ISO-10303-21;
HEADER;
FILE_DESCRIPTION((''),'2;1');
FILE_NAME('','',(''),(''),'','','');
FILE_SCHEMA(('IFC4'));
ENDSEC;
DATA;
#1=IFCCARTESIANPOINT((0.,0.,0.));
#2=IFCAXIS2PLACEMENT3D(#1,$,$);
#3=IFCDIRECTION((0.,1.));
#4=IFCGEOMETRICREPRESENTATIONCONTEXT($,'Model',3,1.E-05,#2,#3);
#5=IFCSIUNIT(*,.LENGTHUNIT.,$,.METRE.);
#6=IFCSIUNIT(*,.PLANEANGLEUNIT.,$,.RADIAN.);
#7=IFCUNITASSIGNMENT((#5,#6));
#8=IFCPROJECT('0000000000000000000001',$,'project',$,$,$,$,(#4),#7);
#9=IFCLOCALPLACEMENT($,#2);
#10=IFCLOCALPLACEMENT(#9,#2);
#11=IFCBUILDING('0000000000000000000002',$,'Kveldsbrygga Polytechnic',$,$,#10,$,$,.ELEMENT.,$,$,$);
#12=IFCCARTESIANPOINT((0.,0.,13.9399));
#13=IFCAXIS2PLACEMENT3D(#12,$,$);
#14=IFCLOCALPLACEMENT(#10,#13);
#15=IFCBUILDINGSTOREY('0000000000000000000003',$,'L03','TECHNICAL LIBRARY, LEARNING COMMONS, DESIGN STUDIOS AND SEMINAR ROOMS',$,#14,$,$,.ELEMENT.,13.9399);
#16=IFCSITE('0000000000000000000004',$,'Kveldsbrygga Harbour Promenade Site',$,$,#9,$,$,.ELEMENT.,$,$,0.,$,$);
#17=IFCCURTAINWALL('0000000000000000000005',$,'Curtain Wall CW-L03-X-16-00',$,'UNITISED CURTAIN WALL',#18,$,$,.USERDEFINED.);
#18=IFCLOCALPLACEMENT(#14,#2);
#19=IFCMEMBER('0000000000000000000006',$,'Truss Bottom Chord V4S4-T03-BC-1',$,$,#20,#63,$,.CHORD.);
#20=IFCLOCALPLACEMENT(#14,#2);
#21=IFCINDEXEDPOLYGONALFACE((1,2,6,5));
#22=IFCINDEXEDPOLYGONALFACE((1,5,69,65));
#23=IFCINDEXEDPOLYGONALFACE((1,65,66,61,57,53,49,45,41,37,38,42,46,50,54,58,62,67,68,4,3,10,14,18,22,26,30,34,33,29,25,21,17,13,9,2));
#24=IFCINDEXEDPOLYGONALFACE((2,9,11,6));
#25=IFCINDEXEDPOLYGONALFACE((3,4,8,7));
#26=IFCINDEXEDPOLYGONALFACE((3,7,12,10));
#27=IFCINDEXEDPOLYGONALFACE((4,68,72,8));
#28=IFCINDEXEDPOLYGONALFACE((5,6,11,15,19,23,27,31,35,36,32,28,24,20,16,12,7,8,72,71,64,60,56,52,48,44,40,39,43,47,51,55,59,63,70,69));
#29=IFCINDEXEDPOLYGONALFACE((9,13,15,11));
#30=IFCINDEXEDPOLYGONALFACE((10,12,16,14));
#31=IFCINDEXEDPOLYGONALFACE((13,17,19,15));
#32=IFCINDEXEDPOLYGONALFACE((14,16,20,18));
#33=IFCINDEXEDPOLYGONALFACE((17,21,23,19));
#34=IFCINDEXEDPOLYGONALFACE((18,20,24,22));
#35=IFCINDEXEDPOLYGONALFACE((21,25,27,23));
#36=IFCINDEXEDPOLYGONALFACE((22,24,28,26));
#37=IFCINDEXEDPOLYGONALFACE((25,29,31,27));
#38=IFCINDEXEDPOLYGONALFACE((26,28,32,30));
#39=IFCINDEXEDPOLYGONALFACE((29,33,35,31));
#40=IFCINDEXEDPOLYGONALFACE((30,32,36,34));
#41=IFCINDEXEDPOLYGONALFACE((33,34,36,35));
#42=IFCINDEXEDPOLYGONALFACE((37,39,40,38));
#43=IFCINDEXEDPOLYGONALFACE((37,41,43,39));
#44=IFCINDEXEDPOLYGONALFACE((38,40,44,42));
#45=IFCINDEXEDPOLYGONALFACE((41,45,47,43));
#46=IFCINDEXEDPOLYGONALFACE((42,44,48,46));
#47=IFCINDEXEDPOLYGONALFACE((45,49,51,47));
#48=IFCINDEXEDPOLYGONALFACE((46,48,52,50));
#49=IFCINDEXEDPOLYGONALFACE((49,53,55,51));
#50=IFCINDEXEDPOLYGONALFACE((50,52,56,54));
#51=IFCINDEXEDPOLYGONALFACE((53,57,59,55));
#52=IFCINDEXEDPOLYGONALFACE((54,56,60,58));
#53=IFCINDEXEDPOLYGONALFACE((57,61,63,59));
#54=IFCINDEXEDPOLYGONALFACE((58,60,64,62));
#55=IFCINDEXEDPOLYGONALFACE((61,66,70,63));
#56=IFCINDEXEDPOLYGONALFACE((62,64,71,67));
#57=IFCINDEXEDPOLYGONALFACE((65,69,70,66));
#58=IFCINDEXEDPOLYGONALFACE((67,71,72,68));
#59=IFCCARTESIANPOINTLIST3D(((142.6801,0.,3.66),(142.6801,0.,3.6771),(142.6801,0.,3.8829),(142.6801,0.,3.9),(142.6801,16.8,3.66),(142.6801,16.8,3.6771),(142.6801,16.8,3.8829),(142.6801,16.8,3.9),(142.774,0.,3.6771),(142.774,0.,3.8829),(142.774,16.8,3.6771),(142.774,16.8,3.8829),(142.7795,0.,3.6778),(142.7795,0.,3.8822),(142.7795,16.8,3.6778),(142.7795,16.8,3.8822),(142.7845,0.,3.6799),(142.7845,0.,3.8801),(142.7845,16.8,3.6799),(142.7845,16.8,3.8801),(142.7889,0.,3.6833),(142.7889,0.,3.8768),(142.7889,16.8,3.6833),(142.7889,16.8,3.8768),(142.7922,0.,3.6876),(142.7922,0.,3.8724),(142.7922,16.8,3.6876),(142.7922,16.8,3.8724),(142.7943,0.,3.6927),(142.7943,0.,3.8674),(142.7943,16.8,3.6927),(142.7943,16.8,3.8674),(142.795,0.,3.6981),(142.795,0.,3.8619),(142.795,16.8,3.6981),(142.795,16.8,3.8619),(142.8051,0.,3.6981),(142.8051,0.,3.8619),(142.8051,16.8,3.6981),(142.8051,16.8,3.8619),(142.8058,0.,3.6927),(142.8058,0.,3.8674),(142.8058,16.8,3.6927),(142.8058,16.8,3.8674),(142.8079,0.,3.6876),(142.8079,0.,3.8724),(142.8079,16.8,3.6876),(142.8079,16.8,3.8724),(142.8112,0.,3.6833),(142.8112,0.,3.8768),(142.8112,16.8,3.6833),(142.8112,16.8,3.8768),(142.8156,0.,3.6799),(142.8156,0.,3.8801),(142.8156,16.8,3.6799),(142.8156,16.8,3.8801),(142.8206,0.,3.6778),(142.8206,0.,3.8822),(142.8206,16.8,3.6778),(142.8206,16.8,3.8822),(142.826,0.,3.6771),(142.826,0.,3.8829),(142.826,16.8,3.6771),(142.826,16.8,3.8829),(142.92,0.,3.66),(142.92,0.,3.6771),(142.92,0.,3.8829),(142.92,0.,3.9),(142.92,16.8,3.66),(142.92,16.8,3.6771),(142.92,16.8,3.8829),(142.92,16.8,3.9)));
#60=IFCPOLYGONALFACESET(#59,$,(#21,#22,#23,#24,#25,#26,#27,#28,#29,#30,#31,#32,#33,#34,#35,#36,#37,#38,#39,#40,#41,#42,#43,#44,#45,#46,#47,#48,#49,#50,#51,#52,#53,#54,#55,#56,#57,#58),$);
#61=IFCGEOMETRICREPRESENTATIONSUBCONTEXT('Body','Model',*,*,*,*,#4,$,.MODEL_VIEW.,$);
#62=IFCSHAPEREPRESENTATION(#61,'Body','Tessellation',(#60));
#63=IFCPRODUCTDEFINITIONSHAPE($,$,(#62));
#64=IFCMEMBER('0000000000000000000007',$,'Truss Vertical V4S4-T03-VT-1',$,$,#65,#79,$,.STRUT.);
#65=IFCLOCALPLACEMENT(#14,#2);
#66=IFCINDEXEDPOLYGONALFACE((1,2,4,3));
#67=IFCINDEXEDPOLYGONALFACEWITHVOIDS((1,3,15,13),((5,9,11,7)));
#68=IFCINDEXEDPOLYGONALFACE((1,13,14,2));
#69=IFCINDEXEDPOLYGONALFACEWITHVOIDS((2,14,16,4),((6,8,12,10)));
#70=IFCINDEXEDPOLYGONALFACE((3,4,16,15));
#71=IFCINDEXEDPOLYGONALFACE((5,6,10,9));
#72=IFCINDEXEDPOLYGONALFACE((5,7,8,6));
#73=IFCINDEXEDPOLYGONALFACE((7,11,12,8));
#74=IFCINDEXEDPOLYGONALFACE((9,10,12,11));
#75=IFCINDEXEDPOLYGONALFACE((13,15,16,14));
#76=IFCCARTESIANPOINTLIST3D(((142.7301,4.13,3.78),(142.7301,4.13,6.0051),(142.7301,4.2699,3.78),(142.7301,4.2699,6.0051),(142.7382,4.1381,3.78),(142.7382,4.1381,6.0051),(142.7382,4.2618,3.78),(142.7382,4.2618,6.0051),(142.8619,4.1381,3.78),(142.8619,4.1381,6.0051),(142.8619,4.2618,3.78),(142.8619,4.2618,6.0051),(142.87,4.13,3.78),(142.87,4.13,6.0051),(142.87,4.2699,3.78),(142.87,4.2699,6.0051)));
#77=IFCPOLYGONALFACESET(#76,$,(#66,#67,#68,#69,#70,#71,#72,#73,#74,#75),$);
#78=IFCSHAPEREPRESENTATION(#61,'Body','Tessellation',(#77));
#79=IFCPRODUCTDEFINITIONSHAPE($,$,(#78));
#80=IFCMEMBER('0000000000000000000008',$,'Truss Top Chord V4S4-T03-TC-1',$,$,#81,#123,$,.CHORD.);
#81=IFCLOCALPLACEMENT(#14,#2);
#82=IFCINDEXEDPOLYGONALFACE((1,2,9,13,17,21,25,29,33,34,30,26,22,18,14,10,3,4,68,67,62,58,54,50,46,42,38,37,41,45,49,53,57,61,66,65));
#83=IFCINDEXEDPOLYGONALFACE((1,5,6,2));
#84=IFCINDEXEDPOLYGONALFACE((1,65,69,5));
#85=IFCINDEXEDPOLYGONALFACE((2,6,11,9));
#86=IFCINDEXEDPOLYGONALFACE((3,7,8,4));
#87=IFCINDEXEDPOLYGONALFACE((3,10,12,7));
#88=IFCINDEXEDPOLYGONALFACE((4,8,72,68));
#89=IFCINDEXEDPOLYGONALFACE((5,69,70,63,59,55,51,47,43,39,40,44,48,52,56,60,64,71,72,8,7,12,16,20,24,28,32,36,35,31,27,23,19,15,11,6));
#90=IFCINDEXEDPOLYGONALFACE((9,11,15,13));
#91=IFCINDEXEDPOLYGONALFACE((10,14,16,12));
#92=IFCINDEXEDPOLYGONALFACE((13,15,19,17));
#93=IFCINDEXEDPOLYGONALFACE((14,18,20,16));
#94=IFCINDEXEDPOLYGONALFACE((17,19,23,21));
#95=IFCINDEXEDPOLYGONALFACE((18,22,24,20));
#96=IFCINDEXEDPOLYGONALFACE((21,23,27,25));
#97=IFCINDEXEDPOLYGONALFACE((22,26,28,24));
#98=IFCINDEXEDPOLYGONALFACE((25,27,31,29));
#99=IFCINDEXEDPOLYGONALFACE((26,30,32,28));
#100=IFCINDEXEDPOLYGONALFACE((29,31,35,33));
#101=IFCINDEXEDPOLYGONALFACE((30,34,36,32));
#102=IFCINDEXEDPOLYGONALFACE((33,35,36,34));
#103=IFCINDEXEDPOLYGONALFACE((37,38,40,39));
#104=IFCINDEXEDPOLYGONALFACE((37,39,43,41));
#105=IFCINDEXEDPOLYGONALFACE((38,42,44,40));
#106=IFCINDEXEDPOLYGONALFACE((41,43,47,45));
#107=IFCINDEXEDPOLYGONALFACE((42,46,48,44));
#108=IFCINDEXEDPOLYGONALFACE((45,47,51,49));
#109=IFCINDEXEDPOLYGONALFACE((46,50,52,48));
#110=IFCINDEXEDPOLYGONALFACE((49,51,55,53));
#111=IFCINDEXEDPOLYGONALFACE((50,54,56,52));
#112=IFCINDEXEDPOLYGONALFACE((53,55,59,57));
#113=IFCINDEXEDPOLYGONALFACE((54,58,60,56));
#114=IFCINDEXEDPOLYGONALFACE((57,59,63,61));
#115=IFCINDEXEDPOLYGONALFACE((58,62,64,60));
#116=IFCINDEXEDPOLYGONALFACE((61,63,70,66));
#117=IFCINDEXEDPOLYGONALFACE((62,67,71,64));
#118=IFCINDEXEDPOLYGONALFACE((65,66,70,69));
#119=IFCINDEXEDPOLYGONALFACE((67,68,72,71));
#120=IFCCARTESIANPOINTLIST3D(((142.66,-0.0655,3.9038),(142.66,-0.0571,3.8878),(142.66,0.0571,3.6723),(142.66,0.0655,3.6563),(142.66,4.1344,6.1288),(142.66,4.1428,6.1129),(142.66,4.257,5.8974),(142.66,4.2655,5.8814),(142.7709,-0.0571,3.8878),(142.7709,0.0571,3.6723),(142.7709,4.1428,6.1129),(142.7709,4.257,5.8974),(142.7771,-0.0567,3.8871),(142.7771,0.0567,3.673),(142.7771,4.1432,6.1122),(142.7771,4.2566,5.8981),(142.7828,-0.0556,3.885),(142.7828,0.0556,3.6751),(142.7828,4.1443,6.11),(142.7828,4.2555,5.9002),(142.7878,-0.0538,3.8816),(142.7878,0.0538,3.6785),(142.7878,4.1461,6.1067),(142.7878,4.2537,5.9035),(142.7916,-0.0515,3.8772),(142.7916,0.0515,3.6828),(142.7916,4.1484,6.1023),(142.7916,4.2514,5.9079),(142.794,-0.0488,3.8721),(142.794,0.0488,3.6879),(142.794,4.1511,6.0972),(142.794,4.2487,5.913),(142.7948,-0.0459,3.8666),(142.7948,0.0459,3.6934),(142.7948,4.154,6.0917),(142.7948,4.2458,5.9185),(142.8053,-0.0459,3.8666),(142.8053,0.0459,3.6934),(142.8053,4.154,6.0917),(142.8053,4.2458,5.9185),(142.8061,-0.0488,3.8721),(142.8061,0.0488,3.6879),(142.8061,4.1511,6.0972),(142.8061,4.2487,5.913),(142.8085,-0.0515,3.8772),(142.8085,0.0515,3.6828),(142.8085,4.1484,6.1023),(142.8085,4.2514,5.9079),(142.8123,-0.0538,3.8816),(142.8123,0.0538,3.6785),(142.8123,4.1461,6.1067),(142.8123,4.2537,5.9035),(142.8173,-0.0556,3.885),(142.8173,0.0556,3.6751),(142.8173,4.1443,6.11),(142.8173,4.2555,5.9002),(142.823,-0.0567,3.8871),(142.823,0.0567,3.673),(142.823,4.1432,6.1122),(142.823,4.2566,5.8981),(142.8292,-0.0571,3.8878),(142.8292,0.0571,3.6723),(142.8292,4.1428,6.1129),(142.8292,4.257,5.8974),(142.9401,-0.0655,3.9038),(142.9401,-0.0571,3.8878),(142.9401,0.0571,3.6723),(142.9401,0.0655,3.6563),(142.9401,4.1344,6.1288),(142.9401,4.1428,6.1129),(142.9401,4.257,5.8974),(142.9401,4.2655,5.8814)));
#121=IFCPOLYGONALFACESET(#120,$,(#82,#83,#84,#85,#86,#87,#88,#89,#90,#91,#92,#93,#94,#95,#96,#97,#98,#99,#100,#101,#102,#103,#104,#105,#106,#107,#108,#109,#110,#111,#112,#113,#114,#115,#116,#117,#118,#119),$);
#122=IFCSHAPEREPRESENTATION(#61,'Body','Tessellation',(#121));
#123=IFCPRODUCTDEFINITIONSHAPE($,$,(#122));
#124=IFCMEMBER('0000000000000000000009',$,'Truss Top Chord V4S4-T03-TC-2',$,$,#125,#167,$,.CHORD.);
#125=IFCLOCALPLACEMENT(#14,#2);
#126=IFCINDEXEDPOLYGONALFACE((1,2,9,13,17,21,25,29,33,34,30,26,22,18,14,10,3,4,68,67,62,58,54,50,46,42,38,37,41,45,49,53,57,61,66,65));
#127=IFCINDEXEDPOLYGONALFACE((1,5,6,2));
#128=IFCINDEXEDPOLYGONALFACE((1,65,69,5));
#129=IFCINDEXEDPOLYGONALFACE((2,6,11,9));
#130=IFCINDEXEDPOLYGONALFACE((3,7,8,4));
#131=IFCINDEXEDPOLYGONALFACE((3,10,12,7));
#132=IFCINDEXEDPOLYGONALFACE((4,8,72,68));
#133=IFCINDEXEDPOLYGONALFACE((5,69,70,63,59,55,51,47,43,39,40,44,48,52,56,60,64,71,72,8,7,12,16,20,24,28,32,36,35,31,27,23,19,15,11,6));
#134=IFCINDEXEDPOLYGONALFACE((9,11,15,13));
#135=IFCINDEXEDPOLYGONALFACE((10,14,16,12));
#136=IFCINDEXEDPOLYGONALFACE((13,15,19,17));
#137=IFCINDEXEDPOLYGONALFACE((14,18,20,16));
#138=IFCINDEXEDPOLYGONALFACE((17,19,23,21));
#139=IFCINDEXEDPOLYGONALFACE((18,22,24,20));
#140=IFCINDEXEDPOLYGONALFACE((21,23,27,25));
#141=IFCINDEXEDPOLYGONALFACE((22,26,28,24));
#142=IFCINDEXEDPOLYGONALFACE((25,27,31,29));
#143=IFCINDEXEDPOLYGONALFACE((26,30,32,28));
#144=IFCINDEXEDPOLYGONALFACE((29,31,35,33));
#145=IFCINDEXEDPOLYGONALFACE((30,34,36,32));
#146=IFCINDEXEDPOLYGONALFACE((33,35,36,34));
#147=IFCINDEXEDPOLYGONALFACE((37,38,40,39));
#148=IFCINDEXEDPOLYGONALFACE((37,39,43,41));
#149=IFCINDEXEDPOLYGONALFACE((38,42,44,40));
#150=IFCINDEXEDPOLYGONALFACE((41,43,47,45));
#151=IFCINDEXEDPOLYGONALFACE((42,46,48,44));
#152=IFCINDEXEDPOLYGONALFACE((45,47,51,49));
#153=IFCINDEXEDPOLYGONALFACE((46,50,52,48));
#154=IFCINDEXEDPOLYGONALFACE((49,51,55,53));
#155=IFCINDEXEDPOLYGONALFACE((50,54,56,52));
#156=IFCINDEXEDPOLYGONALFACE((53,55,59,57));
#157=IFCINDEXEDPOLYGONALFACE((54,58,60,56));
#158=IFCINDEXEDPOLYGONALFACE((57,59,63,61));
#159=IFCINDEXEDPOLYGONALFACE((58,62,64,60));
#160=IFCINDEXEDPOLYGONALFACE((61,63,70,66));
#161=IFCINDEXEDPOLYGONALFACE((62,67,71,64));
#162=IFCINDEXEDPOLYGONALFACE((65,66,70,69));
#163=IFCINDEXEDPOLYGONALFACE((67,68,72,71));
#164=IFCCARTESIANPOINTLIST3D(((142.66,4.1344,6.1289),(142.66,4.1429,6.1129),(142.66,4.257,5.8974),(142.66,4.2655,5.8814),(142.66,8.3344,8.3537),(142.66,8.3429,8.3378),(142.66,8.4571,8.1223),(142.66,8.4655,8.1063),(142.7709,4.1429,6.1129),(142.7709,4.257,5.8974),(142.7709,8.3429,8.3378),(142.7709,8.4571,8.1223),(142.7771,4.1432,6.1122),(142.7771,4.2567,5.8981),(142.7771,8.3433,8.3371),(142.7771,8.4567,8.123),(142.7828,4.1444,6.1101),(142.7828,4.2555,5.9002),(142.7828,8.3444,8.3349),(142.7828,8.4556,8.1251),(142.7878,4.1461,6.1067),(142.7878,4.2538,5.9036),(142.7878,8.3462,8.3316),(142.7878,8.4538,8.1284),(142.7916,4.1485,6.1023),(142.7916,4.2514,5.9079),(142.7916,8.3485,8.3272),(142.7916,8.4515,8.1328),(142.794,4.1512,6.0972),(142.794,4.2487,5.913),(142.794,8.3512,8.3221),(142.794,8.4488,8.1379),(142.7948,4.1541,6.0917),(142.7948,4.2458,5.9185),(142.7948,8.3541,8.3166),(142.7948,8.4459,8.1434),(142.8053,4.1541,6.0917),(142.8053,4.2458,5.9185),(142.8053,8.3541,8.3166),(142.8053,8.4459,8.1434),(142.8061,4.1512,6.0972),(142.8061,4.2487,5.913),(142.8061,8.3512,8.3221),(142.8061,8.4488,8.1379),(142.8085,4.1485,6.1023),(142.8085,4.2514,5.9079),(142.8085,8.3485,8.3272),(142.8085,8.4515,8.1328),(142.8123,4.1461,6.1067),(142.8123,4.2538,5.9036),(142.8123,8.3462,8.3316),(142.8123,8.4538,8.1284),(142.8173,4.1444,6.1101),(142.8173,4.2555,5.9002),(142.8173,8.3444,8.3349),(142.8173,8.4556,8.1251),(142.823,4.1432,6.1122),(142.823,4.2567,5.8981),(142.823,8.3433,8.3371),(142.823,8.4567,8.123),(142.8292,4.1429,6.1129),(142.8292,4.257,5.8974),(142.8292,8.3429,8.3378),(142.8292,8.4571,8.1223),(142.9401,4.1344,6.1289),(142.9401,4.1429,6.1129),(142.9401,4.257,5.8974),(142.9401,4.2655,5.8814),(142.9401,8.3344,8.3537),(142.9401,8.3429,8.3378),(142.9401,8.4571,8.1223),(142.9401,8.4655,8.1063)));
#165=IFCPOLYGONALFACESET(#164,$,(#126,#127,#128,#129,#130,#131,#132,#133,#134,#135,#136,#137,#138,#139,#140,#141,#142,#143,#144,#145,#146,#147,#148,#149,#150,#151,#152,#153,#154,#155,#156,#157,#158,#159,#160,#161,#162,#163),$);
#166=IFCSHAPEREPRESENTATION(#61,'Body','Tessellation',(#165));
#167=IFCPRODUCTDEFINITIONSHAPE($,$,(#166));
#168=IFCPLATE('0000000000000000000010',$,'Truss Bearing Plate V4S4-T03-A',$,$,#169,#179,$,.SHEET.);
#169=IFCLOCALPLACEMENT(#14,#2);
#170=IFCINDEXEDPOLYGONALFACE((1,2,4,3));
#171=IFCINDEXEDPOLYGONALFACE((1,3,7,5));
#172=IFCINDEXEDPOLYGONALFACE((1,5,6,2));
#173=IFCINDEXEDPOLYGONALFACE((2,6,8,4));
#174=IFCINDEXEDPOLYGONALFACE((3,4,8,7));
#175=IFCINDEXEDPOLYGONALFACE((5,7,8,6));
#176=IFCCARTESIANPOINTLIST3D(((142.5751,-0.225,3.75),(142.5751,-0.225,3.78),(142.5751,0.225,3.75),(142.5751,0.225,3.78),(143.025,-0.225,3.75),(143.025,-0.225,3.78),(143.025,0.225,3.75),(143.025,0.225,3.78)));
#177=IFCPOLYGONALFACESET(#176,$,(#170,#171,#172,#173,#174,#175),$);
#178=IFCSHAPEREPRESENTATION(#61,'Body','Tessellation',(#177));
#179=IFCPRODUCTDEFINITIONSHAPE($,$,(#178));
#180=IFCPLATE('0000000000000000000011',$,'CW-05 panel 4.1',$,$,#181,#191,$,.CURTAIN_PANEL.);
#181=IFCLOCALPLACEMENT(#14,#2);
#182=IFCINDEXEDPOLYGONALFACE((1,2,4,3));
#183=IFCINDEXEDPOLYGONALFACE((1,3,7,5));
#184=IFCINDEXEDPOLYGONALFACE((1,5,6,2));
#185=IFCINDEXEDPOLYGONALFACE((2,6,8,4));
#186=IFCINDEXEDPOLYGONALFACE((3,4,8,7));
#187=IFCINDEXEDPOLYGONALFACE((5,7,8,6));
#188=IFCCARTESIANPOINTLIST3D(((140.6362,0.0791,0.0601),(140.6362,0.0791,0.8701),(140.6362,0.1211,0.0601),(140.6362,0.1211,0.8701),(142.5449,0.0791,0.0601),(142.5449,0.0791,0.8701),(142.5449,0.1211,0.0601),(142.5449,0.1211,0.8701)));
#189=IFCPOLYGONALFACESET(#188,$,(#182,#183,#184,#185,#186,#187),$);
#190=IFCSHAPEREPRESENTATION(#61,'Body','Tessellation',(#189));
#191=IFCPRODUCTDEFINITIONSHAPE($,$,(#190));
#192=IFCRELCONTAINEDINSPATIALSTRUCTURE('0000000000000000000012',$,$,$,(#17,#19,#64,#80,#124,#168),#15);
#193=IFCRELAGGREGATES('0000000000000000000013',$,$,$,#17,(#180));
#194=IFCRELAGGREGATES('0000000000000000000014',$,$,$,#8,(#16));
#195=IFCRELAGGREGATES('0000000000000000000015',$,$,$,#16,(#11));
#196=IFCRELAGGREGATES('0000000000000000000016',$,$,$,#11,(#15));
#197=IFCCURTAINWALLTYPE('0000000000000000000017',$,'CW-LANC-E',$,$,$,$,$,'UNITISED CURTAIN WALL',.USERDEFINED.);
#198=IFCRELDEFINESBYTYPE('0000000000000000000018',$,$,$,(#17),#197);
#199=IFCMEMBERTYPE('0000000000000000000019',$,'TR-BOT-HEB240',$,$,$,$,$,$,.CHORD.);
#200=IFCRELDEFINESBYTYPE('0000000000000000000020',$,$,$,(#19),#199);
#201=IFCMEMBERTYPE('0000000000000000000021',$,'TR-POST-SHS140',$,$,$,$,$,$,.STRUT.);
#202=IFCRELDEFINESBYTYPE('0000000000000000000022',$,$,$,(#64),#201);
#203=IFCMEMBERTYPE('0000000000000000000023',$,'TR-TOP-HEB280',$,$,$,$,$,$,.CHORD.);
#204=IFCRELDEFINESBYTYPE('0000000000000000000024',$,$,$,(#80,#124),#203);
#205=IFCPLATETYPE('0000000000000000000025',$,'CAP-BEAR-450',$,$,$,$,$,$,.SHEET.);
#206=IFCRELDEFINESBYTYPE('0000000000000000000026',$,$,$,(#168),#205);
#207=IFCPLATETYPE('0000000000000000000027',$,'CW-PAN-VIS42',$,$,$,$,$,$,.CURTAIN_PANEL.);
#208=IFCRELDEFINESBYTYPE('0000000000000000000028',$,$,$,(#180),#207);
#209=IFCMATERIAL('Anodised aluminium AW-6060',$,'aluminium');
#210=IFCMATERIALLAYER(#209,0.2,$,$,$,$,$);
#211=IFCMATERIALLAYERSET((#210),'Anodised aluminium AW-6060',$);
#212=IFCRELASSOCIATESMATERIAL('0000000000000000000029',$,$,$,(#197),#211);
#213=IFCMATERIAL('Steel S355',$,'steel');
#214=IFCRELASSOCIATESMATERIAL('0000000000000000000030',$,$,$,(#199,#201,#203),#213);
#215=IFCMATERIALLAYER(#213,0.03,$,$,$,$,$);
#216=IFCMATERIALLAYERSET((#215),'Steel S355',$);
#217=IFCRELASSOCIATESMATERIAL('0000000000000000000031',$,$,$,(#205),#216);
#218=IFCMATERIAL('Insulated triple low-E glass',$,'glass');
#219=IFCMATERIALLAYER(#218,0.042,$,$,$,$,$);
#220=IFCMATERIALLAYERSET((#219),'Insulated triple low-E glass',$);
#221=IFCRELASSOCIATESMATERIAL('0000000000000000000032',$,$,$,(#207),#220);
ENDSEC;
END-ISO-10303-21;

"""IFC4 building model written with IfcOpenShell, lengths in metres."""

from ifc_helpers import new_model, si_unit, direction, frame, origin, origin_2d, place, context, subcontext, project, spatial, rectangle, hollow_rectangle, i_section, extrude, material, layer, layer_set, material_profile, profile_set, type_object, element, aggregate, save


model = new_model("IFC4")

# Units and contexts
model_context = context("Model", 3, precision=1e-05, world=origin(), true_north=direction((0.0, 1.0)))
body_context = subcontext(model_context, "Body", "Model", "MODEL_VIEW")
ifc_project = project(units=[si_unit("LENGTHUNIT", "METRE"), si_unit("PLANEANGLEUNIT", "RADIAN")], contexts=[model_context])

# Site, building, storey
site_placement = place(None, origin())
site = spatial("IfcSite", under=ifc_project, at=site_placement, Name="Kveldsbrygga Harbour Promenade Site", CompositionType="ELEMENT", RefElevation=0.0)
building_placement = place(site_placement, origin())
building = spatial("IfcBuilding", under=site, at=building_placement, Name="Kveldsbrygga Polytechnic", CompositionType="ELEMENT")
storey_placement = place(building_placement, frame((0.0, 0.0, 13.9399)))
storey = spatial("IfcBuildingStorey", under=building, at=storey_placement, Name="L03", Description="TECHNICAL LIBRARY, LEARNING COMMONS, DESIGN STUDIOS AND SEMINAR ROOMS", CompositionType="ELEMENT", Elevation=13.9399)

# Shared definitions
ifc_material_1 = material(Name="Steel S355", Category="steel")

# Curtain wall
ifc_material_2 = material(Name="Anodised aluminium AW-6060", Category="aluminium")
ifc_layer_1 = layer(ifc_material_2, 0.2)
ifc_layer_set_1 = layer_set([ifc_layer_1], Name="Anodised aluminium AW-6060")
curtain_wall_type = type_object("IfcCurtainWallType", Name="CW-LANC-E", ElementType="UNITISED CURTAIN WALL", PredefinedType="USERDEFINED", material=ifc_layer_set_1)
curtain_wall_placement = place(storey_placement, origin())
curtain_wall = element("IfcCurtainWall", 1, at=curtain_wall_placement, inside=storey, type_object=curtain_wall_type, Name="Curtain Wall CW-L03-X-16-00", ObjectType="UNITISED CURTAIN WALL", PredefinedType="USERDEFINED")

# Members
ifc_material_profile_1 = material_profile(ifc_material_1, i_section(OverallWidth=0.24, OverallDepth=0.24, WebThickness=0.01, FlangeThickness=0.0171, FilletRadius=0.021, at=origin_2d()), Name="HEB 240")
ifc_profile_set_1 = profile_set([ifc_material_profile_1], Name="Steel S355")
member_type_1 = type_object("IfcMemberType", Name="TR-BOT-HEB240", PredefinedType="CHORD", material=ifc_profile_set_1)
member_1_placement = place(storey_placement, frame((142.8, 0.0, 3.78), z_axis=(0.0, 1.0, 0.0), x_axis=(-1.0, 0.0, 0.0)))
element("IfcMember", 2, at=member_1_placement, inside=storey, type_object=member_type_1, Name="Truss Bottom Chord V4S4-T03-BC-1", PredefinedType="CHORD", context=body_context, shape_type="SweptSolid", body=[
    extrude(i_section(OverallWidth=0.24, OverallDepth=0.24, WebThickness=0.01, FlangeThickness=0.0171, FilletRadius=0.021, at=origin_2d()), origin(), (0.0, 0.0, 1.0), 16.8),
])
ifc_material_profile_2 = material_profile(ifc_material_1, hollow_rectangle(XDim=0.1399, YDim=0.1399, WallThickness=0.0081, at=origin_2d()), Name="SHS 140x140x8.0")
ifc_profile_set_2 = profile_set([ifc_material_profile_2], Name="Steel S355")
member_type_2 = type_object("IfcMemberType", Name="TR-POST-SHS140", PredefinedType="STRUT", material=ifc_profile_set_2)
member_2_placement = place(storey_placement, frame((142.8, 4.2, 3.78), z_axis=(0.0, 0.0, 1.0), x_axis=(1.0, 0.0, 0.0)))
element("IfcMember", 3, at=member_2_placement, inside=storey, type_object=member_type_2, Name="Truss Vertical V4S4-T03-VT-1", PredefinedType="STRUT", context=body_context, shape_type="SweptSolid", body=[
    extrude(hollow_rectangle(XDim=0.1399, YDim=0.1399, WallThickness=0.0081, at=origin_2d()), origin(), (0.0, 0.0, 1.0), 2.2251),
])
ifc_material_profile_3 = material_profile(ifc_material_1, i_section(OverallWidth=0.28, OverallDepth=0.28, WebThickness=0.0105, FlangeThickness=0.0181, FilletRadius=0.0239, at=origin_2d()), Name="HEB 280")
ifc_profile_set_3 = profile_set([ifc_material_profile_3], Name="Steel S355")
member_type_3 = type_object("IfcMemberType", Name="TR-TOP-HEB280", PredefinedType="CHORD", material=ifc_profile_set_3)
for number, where, z_axis, x_axis, name in (
    (4, (142.8, 0.0, 3.78), (0.0, 0.883649, 0.46815), (-1.0, 0.0, 0.0), "Truss Top Chord V4S4-T03-TC-1"),
    (5, (142.8, 4.2, 6.0051), (0.0, 0.88367, 0.46811), (-1.0, 0.0, 0.0), "Truss Top Chord V4S4-T03-TC-2"),
):
    element("IfcMember", number, at=place(storey_placement, frame(where, z_axis=z_axis, x_axis=x_axis)), inside=storey, type_object=member_type_3, Name=name, PredefinedType="CHORD", context=body_context, shape_type="SweptSolid", body=[
        extrude(i_section(OverallWidth=0.28, OverallDepth=0.28, WebThickness=0.0105, FlangeThickness=0.0181, FilletRadius=0.0239, at=origin_2d()), origin(), (0.0, 0.0, 1.0), 4.7529),
    ])

# Plates
ifc_layer_2 = layer(ifc_material_1, 0.03)
ifc_layer_set_2 = layer_set([ifc_layer_2], Name="Steel S355")
plate_type_1 = type_object("IfcPlateType", Name="CAP-BEAR-450", PredefinedType="SHEET", material=ifc_layer_set_2)
plate_1_placement = place(storey_placement, frame((142.8, 0.0, 3.75), z_axis=(0.0, 0.0, 1.0), x_axis=(1.0, 0.0, 0.0)))
element("IfcPlate", 6, at=plate_1_placement, inside=storey, type_object=plate_type_1, Name="Truss Bearing Plate V4S4-T03-A", PredefinedType="SHEET", context=body_context, shape_type="SweptSolid", body=[
    extrude(rectangle(XDim=0.45, YDim=0.45, at=origin_2d()), origin(), (0.0, 0.0, 1.0), 0.03),
])
ifc_material_3 = material(Name="Insulated triple low-E glass", Category="glass")
ifc_layer_3 = layer(ifc_material_3, 0.042)
ifc_layer_set_3 = layer_set([ifc_layer_3], Name="Insulated triple low-E glass")
plate_type_2 = type_object("IfcPlateType", Name="CW-PAN-VIS42", PredefinedType="CURTAIN_PANEL", material=ifc_layer_set_3)
plate_2_placement = place(storey_placement, frame((141.5906, 0.1001, 0.0601), z_axis=(0.0, 0.0, 1.0), x_axis=(1.0, 0.0, 0.0)))
plate_2 = element("IfcPlate", 7, at=plate_2_placement, type_object=plate_type_2, Name="CW-05 panel 4.1", PredefinedType="CURTAIN_PANEL", context=body_context, shape_type="SweptSolid", body=[
    extrude(rectangle(XDim=1.9087, YDim=0.042, at=origin_2d()), origin(), (0.0, 0.0, 1.0), 0.8101),
])
aggregate(curtain_wall, [plate_2])

save(model, "model.ifc")
